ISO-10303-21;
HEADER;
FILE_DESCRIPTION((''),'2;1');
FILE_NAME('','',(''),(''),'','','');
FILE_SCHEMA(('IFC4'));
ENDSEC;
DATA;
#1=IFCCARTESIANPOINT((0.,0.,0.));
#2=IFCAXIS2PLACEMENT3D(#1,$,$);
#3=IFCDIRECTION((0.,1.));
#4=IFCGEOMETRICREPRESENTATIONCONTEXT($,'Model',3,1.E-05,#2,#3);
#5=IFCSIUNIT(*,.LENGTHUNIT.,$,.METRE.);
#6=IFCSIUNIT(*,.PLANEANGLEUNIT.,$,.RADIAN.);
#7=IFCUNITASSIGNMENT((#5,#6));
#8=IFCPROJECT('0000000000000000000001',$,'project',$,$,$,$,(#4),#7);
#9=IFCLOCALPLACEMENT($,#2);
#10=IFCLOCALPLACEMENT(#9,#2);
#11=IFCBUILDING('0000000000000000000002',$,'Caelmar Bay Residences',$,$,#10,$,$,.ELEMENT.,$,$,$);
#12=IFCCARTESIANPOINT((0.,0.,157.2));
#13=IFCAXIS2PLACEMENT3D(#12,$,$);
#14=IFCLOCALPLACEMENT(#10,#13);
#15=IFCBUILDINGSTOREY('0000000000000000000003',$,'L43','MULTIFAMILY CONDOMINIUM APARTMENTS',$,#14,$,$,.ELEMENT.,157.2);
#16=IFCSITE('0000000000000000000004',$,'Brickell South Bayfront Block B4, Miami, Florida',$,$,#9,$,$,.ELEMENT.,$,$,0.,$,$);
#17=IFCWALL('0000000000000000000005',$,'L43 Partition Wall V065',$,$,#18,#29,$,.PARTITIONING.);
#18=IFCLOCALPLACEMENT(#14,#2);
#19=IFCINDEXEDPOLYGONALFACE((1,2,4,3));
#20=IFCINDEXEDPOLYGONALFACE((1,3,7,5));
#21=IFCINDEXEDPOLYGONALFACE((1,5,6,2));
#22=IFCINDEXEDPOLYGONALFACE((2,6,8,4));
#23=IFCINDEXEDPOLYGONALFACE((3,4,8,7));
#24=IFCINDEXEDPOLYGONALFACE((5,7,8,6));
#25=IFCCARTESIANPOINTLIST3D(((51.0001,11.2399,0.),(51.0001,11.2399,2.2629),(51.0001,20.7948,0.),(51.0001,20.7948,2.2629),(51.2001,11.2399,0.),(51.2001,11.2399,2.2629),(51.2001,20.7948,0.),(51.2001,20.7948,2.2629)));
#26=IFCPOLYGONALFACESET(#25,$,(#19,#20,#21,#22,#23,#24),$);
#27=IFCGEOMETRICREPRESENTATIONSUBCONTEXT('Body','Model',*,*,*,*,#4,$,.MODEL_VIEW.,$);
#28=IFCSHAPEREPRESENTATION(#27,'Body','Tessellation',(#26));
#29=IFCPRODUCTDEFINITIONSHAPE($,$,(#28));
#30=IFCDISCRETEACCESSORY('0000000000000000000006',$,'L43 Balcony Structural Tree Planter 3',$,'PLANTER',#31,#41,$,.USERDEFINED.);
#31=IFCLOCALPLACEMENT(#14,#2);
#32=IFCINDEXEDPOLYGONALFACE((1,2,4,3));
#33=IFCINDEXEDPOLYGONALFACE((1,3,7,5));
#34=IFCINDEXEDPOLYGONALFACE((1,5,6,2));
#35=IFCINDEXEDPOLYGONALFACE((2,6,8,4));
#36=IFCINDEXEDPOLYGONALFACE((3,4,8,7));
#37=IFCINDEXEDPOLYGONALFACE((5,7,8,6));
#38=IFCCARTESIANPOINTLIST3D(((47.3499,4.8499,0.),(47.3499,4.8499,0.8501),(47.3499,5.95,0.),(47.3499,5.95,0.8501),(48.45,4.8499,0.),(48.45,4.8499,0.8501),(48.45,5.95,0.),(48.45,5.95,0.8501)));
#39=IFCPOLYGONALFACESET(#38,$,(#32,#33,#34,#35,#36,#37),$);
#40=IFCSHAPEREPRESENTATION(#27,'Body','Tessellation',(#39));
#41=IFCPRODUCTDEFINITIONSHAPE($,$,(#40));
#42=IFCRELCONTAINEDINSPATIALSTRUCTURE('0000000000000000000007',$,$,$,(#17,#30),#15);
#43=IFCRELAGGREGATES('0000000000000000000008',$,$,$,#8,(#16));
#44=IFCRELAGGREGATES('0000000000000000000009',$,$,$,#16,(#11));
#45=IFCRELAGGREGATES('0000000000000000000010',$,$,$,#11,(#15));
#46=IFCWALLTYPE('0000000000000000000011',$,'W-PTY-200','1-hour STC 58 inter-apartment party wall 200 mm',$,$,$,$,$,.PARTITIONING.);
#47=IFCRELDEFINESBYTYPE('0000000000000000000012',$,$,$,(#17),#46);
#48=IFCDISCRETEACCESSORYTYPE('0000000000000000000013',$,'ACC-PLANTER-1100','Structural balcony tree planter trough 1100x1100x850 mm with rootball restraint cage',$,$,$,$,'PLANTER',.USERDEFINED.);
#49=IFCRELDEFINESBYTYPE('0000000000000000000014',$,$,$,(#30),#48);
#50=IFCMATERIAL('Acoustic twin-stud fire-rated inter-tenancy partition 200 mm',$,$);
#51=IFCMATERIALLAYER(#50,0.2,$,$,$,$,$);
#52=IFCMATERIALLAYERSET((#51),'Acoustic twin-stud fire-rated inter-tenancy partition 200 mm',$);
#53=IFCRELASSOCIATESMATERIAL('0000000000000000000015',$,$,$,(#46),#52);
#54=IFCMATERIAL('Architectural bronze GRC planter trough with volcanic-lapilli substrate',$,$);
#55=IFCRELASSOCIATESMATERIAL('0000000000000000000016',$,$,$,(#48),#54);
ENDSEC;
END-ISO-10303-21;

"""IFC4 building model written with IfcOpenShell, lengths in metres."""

from ifc_helpers import new_model, si_unit, direction, frame, frame_2d, origin, origin_2d, place, context, subcontext, project, spatial, rectangle, extrude, material, layer, layer_set, type_object, element, save


model = new_model("IFC4")

# Units and contexts
model_context = context("Model", 3, precision=1e-05, world=origin(), true_north=direction((0.0, 1.0)))
body_context = subcontext(model_context, "Body", "Model", "MODEL_VIEW")
ifc_project = project(units=[si_unit("LENGTHUNIT", "METRE"), si_unit("PLANEANGLEUNIT", "RADIAN")], contexts=[model_context])

# Site, building, storey
site_placement = place(None, origin())
site = spatial("IfcSite", under=ifc_project, at=site_placement, Name="Brickell South Bayfront Block B4, Miami, Florida", CompositionType="ELEMENT", RefElevation=0.0)
building_placement = place(site_placement, origin())
building = spatial("IfcBuilding", under=site, at=building_placement, Name="Caelmar Bay Residences", CompositionType="ELEMENT")
storey_placement = place(building_placement, frame((0.0, 0.0, 157.2)))
storey = spatial("IfcBuildingStorey", under=building, at=storey_placement, Name="L43", Description="MULTIFAMILY CONDOMINIUM APARTMENTS", CompositionType="ELEMENT", Elevation=157.2)

# Wall
ifc_material_1 = material(Name="Acoustic twin-stud fire-rated inter-tenancy partition 200 mm")
ifc_layer_1 = layer(ifc_material_1, 0.2)
ifc_layer_set_1 = layer_set([ifc_layer_1], Name="Acoustic twin-stud fire-rated inter-tenancy partition 200 mm")
wall_type_1 = type_object("IfcWallType", Name="W-PTY-200", Description="1-hour STC 58 inter-apartment party wall 200 mm", PredefinedType="PARTITIONING", material=ifc_layer_set_1)
wall_1_placement = place(storey_placement, frame((51.1001, 11.24, 0.0), z_axis=(0.0, 0.0, 1.0), x_axis=(0.0, 1.0, 0.0)))
element("IfcWall", 1, at=wall_1_placement, inside=storey, type_object=wall_type_1, Name="L43 Partition Wall V065", PredefinedType="PARTITIONING", context=body_context, shape_type="SweptSolid", body=[
    extrude(rectangle(XDim=9.5549, YDim=0.2, at=frame_2d((4.7773, 0.0))), origin(), (0.0, 0.0, 1.0), 2.2629),
])

# Discrete accessory
ifc_material_2 = material(Name="Architectural bronze GRC planter trough with volcanic-lapilli substrate")
discrete_accessory_type = type_object("IfcDiscreteAccessoryType", Name="ACC-PLANTER-1100", Description="Structural balcony tree planter trough 1100x1100x850 mm with rootball restraint cage", ElementType="PLANTER", PredefinedType="USERDEFINED", material=ifc_material_2)
discrete_accessory_placement = place(storey_placement, frame((47.8999, 5.3999, 0.0), z_axis=(0.0, 0.0, 1.0), x_axis=(1.0, 0.0, 0.0)))
element("IfcDiscreteAccessory", 2, at=discrete_accessory_placement, inside=storey, type_object=discrete_accessory_type, Name="L43 Balcony Structural Tree Planter 3", ObjectType="PLANTER", PredefinedType="USERDEFINED", context=body_context, shape_type="SweptSolid", body=[
    extrude(rectangle(XDim=1.1001, YDim=1.1001, at=origin_2d()), origin(), (0.0, 0.0, 1.0), 0.8501),
])

save(model, "model.ifc")
